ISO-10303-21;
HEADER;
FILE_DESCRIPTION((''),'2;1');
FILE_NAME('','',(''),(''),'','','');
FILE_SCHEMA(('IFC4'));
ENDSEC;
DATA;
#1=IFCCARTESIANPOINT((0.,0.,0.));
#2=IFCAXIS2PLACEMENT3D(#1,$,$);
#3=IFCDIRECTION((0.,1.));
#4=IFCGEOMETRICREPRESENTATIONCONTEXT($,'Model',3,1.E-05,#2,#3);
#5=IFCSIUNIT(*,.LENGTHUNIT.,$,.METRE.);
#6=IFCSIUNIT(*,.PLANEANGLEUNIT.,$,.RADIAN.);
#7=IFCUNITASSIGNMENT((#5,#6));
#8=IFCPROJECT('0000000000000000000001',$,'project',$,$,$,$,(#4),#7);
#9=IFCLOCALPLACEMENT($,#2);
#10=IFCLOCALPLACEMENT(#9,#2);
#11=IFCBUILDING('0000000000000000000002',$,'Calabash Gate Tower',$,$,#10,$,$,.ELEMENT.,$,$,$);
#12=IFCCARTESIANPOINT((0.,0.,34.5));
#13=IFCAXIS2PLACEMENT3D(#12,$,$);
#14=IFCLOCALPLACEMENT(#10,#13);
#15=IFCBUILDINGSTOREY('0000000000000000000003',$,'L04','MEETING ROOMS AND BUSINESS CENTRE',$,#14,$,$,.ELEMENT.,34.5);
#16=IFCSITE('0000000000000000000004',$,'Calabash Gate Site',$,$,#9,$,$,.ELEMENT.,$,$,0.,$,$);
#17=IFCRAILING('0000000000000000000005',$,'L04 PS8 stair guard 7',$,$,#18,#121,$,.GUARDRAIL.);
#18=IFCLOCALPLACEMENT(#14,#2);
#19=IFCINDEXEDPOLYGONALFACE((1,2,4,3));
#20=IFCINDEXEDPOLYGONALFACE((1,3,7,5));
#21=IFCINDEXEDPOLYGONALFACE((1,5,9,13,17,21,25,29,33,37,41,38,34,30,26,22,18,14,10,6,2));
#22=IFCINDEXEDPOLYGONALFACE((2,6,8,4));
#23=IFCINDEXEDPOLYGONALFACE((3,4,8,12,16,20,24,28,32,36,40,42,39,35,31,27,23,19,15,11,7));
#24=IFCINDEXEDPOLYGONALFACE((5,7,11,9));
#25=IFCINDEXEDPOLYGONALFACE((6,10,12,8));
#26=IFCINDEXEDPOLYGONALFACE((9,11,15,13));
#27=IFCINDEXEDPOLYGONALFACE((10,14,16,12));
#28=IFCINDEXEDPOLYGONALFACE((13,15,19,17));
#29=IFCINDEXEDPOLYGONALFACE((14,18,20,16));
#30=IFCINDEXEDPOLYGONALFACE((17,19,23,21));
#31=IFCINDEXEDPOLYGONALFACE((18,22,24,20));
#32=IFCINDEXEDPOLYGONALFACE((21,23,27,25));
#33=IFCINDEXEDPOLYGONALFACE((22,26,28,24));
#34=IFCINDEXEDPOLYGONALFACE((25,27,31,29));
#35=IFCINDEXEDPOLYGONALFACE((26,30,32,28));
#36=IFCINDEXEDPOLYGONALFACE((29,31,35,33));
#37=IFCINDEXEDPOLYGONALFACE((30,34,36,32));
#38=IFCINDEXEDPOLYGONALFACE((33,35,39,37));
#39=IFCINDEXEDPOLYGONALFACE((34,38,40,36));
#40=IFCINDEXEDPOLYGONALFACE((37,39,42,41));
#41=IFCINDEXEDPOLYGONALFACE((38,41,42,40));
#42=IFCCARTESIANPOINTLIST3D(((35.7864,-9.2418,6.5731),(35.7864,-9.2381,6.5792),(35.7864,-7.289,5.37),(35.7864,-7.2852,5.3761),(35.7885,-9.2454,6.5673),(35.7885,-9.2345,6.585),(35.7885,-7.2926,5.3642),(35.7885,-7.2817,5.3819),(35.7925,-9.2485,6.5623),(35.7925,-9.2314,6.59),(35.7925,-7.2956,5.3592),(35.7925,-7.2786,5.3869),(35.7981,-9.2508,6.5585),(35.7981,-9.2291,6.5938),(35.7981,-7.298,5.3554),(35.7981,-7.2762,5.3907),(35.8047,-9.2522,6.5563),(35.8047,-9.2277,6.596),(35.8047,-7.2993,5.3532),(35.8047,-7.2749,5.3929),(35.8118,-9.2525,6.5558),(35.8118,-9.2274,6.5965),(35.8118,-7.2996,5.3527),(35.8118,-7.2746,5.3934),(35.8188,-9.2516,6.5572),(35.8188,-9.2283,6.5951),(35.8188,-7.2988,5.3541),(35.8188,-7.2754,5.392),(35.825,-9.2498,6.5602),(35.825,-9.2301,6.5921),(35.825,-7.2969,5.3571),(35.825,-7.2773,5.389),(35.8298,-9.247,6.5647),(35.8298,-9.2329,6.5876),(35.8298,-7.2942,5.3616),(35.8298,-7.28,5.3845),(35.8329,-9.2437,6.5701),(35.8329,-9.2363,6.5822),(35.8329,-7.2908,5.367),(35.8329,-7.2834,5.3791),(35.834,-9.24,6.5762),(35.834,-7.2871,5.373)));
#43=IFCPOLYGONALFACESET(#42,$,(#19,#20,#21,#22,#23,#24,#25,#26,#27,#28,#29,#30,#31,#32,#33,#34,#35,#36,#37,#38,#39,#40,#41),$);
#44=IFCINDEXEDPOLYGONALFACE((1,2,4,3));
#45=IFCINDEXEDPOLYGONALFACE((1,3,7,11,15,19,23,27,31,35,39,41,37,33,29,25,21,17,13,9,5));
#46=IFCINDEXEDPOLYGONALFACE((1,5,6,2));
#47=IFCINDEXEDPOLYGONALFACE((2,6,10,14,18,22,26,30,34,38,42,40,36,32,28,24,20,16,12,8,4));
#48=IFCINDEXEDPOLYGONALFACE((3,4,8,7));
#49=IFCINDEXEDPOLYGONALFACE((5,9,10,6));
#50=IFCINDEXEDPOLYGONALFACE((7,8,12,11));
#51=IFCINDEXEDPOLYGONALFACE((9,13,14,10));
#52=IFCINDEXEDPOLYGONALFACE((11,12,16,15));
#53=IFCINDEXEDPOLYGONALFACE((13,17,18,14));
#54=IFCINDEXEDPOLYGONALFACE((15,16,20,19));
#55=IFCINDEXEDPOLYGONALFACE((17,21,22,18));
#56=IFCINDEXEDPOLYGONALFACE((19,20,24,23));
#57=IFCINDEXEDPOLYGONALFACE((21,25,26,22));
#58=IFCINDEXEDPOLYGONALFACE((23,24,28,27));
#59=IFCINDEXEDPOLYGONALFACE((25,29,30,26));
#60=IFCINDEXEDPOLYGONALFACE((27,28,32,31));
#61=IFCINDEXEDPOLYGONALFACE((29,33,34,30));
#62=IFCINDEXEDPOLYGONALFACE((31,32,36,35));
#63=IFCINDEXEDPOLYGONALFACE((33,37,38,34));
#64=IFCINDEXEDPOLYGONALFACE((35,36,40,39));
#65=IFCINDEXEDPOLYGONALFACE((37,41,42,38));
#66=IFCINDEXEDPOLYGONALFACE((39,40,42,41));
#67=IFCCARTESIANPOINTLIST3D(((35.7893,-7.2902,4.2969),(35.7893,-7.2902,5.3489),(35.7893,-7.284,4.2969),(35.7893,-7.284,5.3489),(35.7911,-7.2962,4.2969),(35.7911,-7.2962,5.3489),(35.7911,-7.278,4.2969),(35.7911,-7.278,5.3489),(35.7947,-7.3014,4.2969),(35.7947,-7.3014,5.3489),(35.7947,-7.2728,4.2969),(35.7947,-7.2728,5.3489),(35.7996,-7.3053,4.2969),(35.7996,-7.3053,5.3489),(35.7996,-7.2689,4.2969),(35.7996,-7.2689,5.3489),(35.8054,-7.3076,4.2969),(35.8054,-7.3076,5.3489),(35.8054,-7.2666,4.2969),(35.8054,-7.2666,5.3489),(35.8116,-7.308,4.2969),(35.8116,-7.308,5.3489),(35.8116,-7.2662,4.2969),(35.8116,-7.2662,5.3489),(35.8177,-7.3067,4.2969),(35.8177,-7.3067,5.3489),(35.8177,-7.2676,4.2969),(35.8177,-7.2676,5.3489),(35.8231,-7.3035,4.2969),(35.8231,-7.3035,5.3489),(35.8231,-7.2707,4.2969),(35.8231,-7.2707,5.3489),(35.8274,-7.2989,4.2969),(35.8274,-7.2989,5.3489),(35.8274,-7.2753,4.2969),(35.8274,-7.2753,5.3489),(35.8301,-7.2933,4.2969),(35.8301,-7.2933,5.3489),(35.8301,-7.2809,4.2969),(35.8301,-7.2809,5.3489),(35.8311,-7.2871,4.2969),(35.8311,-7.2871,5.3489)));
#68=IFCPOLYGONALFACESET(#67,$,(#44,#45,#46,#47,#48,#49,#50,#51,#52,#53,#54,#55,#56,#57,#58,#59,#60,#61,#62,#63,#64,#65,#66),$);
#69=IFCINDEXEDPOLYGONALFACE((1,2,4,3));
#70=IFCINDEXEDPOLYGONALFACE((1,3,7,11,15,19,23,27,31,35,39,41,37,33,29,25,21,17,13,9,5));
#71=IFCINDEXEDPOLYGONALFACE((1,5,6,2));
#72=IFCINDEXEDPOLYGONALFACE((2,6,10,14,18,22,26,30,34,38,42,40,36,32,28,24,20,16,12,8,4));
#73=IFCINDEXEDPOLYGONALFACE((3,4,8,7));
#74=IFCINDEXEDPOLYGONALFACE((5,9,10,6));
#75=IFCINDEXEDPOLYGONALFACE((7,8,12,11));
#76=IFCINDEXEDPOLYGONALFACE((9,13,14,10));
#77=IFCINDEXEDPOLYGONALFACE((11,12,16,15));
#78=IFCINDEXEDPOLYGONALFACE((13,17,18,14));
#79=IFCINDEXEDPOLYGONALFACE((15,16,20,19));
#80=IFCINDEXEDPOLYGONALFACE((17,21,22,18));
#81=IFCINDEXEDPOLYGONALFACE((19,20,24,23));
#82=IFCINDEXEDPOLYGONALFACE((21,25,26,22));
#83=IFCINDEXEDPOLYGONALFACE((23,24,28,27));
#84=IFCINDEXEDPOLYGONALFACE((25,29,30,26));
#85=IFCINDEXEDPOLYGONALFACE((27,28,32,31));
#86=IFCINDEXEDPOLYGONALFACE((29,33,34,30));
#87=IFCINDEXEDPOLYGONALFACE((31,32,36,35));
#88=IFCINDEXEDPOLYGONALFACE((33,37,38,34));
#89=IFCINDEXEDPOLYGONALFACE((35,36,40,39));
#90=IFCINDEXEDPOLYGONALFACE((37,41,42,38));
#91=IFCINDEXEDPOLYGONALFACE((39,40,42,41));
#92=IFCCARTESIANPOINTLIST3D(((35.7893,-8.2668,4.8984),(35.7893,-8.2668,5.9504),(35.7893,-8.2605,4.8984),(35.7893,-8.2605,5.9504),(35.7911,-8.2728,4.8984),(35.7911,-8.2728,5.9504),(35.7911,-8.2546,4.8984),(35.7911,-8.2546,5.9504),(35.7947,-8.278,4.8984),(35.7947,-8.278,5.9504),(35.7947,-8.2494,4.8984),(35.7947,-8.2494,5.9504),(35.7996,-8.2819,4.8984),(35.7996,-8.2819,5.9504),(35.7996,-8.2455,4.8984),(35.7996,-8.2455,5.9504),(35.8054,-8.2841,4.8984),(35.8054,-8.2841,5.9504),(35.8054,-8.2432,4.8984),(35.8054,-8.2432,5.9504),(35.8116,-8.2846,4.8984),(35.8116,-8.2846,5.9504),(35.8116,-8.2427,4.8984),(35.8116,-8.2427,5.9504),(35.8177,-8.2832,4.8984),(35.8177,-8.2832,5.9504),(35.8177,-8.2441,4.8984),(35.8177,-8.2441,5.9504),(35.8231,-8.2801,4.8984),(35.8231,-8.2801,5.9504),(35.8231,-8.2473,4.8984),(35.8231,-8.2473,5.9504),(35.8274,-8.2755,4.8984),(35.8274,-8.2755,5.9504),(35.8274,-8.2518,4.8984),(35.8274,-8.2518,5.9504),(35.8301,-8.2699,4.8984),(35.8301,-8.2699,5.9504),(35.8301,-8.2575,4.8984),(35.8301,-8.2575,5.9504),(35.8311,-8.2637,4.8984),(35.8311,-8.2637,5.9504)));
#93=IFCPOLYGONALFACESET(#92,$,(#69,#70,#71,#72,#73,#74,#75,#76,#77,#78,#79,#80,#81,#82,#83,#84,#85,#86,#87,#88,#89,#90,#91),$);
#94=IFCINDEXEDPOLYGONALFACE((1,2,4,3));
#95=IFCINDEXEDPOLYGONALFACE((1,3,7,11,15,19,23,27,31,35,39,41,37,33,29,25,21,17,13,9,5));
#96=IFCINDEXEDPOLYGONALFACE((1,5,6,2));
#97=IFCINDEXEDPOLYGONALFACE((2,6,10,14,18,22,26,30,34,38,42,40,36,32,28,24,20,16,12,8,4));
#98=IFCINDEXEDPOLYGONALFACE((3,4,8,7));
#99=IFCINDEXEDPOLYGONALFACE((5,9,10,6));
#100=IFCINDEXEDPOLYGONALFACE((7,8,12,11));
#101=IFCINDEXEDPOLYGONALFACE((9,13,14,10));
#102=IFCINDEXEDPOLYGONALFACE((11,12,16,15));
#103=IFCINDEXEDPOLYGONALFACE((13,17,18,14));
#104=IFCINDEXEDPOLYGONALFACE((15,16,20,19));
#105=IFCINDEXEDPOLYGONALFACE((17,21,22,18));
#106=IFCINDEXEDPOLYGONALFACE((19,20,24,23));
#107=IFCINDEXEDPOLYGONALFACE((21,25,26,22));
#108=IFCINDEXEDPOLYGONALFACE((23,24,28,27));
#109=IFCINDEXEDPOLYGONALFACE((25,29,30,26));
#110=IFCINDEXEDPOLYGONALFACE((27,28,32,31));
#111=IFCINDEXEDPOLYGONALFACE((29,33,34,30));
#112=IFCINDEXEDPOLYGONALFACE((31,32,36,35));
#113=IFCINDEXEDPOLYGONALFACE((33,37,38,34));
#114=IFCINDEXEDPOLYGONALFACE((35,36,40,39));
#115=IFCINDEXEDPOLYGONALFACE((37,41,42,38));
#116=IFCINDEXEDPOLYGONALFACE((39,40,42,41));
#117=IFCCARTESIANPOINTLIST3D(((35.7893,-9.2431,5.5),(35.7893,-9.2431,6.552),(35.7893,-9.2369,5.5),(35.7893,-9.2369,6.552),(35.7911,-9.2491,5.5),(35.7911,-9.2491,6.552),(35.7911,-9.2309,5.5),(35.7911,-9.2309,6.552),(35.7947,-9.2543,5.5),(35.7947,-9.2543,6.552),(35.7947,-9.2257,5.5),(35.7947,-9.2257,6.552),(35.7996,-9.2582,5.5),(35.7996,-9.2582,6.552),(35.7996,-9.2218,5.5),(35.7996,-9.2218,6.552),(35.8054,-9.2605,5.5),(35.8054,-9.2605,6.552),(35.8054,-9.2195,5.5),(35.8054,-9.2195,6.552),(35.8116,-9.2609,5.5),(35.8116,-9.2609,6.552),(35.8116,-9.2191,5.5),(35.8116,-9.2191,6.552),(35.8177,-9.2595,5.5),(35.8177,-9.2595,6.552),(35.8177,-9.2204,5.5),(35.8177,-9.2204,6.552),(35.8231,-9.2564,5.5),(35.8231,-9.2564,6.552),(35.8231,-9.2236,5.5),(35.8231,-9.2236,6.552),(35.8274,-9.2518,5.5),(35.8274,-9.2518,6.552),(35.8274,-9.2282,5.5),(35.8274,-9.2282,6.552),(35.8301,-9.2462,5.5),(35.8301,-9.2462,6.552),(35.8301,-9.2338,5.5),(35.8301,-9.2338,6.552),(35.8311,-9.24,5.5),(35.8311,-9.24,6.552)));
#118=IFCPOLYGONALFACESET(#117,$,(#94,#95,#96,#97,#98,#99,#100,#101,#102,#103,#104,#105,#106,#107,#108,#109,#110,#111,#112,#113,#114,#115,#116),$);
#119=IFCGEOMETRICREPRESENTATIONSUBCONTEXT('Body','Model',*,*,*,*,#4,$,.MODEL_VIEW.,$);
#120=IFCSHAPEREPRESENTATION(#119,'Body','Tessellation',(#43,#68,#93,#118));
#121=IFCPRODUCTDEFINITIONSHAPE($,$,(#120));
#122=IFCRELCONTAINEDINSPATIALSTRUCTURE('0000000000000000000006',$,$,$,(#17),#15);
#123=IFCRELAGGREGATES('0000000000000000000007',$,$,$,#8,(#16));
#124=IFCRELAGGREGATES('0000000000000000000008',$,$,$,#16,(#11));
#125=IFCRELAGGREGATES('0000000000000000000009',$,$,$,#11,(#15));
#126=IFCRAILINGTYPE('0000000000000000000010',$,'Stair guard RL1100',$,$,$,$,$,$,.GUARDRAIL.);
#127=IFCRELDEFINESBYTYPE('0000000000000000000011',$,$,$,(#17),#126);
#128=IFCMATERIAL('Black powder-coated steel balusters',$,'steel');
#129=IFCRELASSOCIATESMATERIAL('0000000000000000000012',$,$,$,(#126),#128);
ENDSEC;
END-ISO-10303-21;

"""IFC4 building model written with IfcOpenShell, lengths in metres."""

from ifc_helpers import new_model, si_unit, direction, frame, origin, origin_2d, place, context, subcontext, project, spatial, circle, extrude, material, type_object, element, save


model = new_model("IFC4")

# Units and contexts
model_context = context("Model", 3, precision=1e-05, world=origin(), true_north=direction((0.0, 1.0)))
body_context = subcontext(model_context, "Body", "Model", "MODEL_VIEW")
ifc_project = project(units=[si_unit("LENGTHUNIT", "METRE"), si_unit("PLANEANGLEUNIT", "RADIAN")], contexts=[model_context])

# Site, building, storey
site_placement = place(None, origin())
site = spatial("IfcSite", under=ifc_project, at=site_placement, Name="Calabash Gate Site", CompositionType="ELEMENT", RefElevation=0.0)
building_placement = place(site_placement, origin())
building = spatial("IfcBuilding", under=site, at=building_placement, Name="Calabash Gate Tower", CompositionType="ELEMENT")
storey_placement = place(building_placement, frame((0.0, 0.0, 34.5)))
storey = spatial("IfcBuildingStorey", under=building, at=storey_placement, Name="L04", Description="MEETING ROOMS AND BUSINESS CENTRE", CompositionType="ELEMENT", Elevation=34.5)

# Railing
ifc_material_1 = material(Name="Black powder-coated steel balusters", Category="steel")
railing_type_1 = type_object("IfcRailingType", Name="Stair guard RL1100", PredefinedType="GUARDRAIL", material=ifc_material_1)
railing_1_placement = place(storey_placement, frame((35.8101, -7.2871, 4.2969)))
element("IfcRailing", 1, at=railing_1_placement, inside=storey, type_object=railing_type_1, Name="L04 PS8 stair guard 7", PredefinedType="GUARDRAIL", context=body_context, shape_type="SweptSolid", body=[
    extrude(circle(Radius=0.0239, at=origin_2d()), frame((0.0, 0.0, 1.0762), z_axis=(0.0, -0.851395, 0.524525), x_axis=(1.0, 0.0, 0.0)), (0.0, 0.0, 1.0), 2.2937),
    extrude(circle(Radius=0.021, at=origin_2d()), origin(), (0.0, 0.0, 1.0), 1.052),
    extrude(circle(Radius=0.021, at=origin_2d()), frame((0.0, -0.9766, 0.6016)), (0.0, 0.0, 1.0), 1.052),
    extrude(circle(Radius=0.021, at=origin_2d()), frame((0.0, -1.9529, 1.2031)), (0.0, 0.0, 1.0), 1.052),
])

save(model, "model.ifc")
